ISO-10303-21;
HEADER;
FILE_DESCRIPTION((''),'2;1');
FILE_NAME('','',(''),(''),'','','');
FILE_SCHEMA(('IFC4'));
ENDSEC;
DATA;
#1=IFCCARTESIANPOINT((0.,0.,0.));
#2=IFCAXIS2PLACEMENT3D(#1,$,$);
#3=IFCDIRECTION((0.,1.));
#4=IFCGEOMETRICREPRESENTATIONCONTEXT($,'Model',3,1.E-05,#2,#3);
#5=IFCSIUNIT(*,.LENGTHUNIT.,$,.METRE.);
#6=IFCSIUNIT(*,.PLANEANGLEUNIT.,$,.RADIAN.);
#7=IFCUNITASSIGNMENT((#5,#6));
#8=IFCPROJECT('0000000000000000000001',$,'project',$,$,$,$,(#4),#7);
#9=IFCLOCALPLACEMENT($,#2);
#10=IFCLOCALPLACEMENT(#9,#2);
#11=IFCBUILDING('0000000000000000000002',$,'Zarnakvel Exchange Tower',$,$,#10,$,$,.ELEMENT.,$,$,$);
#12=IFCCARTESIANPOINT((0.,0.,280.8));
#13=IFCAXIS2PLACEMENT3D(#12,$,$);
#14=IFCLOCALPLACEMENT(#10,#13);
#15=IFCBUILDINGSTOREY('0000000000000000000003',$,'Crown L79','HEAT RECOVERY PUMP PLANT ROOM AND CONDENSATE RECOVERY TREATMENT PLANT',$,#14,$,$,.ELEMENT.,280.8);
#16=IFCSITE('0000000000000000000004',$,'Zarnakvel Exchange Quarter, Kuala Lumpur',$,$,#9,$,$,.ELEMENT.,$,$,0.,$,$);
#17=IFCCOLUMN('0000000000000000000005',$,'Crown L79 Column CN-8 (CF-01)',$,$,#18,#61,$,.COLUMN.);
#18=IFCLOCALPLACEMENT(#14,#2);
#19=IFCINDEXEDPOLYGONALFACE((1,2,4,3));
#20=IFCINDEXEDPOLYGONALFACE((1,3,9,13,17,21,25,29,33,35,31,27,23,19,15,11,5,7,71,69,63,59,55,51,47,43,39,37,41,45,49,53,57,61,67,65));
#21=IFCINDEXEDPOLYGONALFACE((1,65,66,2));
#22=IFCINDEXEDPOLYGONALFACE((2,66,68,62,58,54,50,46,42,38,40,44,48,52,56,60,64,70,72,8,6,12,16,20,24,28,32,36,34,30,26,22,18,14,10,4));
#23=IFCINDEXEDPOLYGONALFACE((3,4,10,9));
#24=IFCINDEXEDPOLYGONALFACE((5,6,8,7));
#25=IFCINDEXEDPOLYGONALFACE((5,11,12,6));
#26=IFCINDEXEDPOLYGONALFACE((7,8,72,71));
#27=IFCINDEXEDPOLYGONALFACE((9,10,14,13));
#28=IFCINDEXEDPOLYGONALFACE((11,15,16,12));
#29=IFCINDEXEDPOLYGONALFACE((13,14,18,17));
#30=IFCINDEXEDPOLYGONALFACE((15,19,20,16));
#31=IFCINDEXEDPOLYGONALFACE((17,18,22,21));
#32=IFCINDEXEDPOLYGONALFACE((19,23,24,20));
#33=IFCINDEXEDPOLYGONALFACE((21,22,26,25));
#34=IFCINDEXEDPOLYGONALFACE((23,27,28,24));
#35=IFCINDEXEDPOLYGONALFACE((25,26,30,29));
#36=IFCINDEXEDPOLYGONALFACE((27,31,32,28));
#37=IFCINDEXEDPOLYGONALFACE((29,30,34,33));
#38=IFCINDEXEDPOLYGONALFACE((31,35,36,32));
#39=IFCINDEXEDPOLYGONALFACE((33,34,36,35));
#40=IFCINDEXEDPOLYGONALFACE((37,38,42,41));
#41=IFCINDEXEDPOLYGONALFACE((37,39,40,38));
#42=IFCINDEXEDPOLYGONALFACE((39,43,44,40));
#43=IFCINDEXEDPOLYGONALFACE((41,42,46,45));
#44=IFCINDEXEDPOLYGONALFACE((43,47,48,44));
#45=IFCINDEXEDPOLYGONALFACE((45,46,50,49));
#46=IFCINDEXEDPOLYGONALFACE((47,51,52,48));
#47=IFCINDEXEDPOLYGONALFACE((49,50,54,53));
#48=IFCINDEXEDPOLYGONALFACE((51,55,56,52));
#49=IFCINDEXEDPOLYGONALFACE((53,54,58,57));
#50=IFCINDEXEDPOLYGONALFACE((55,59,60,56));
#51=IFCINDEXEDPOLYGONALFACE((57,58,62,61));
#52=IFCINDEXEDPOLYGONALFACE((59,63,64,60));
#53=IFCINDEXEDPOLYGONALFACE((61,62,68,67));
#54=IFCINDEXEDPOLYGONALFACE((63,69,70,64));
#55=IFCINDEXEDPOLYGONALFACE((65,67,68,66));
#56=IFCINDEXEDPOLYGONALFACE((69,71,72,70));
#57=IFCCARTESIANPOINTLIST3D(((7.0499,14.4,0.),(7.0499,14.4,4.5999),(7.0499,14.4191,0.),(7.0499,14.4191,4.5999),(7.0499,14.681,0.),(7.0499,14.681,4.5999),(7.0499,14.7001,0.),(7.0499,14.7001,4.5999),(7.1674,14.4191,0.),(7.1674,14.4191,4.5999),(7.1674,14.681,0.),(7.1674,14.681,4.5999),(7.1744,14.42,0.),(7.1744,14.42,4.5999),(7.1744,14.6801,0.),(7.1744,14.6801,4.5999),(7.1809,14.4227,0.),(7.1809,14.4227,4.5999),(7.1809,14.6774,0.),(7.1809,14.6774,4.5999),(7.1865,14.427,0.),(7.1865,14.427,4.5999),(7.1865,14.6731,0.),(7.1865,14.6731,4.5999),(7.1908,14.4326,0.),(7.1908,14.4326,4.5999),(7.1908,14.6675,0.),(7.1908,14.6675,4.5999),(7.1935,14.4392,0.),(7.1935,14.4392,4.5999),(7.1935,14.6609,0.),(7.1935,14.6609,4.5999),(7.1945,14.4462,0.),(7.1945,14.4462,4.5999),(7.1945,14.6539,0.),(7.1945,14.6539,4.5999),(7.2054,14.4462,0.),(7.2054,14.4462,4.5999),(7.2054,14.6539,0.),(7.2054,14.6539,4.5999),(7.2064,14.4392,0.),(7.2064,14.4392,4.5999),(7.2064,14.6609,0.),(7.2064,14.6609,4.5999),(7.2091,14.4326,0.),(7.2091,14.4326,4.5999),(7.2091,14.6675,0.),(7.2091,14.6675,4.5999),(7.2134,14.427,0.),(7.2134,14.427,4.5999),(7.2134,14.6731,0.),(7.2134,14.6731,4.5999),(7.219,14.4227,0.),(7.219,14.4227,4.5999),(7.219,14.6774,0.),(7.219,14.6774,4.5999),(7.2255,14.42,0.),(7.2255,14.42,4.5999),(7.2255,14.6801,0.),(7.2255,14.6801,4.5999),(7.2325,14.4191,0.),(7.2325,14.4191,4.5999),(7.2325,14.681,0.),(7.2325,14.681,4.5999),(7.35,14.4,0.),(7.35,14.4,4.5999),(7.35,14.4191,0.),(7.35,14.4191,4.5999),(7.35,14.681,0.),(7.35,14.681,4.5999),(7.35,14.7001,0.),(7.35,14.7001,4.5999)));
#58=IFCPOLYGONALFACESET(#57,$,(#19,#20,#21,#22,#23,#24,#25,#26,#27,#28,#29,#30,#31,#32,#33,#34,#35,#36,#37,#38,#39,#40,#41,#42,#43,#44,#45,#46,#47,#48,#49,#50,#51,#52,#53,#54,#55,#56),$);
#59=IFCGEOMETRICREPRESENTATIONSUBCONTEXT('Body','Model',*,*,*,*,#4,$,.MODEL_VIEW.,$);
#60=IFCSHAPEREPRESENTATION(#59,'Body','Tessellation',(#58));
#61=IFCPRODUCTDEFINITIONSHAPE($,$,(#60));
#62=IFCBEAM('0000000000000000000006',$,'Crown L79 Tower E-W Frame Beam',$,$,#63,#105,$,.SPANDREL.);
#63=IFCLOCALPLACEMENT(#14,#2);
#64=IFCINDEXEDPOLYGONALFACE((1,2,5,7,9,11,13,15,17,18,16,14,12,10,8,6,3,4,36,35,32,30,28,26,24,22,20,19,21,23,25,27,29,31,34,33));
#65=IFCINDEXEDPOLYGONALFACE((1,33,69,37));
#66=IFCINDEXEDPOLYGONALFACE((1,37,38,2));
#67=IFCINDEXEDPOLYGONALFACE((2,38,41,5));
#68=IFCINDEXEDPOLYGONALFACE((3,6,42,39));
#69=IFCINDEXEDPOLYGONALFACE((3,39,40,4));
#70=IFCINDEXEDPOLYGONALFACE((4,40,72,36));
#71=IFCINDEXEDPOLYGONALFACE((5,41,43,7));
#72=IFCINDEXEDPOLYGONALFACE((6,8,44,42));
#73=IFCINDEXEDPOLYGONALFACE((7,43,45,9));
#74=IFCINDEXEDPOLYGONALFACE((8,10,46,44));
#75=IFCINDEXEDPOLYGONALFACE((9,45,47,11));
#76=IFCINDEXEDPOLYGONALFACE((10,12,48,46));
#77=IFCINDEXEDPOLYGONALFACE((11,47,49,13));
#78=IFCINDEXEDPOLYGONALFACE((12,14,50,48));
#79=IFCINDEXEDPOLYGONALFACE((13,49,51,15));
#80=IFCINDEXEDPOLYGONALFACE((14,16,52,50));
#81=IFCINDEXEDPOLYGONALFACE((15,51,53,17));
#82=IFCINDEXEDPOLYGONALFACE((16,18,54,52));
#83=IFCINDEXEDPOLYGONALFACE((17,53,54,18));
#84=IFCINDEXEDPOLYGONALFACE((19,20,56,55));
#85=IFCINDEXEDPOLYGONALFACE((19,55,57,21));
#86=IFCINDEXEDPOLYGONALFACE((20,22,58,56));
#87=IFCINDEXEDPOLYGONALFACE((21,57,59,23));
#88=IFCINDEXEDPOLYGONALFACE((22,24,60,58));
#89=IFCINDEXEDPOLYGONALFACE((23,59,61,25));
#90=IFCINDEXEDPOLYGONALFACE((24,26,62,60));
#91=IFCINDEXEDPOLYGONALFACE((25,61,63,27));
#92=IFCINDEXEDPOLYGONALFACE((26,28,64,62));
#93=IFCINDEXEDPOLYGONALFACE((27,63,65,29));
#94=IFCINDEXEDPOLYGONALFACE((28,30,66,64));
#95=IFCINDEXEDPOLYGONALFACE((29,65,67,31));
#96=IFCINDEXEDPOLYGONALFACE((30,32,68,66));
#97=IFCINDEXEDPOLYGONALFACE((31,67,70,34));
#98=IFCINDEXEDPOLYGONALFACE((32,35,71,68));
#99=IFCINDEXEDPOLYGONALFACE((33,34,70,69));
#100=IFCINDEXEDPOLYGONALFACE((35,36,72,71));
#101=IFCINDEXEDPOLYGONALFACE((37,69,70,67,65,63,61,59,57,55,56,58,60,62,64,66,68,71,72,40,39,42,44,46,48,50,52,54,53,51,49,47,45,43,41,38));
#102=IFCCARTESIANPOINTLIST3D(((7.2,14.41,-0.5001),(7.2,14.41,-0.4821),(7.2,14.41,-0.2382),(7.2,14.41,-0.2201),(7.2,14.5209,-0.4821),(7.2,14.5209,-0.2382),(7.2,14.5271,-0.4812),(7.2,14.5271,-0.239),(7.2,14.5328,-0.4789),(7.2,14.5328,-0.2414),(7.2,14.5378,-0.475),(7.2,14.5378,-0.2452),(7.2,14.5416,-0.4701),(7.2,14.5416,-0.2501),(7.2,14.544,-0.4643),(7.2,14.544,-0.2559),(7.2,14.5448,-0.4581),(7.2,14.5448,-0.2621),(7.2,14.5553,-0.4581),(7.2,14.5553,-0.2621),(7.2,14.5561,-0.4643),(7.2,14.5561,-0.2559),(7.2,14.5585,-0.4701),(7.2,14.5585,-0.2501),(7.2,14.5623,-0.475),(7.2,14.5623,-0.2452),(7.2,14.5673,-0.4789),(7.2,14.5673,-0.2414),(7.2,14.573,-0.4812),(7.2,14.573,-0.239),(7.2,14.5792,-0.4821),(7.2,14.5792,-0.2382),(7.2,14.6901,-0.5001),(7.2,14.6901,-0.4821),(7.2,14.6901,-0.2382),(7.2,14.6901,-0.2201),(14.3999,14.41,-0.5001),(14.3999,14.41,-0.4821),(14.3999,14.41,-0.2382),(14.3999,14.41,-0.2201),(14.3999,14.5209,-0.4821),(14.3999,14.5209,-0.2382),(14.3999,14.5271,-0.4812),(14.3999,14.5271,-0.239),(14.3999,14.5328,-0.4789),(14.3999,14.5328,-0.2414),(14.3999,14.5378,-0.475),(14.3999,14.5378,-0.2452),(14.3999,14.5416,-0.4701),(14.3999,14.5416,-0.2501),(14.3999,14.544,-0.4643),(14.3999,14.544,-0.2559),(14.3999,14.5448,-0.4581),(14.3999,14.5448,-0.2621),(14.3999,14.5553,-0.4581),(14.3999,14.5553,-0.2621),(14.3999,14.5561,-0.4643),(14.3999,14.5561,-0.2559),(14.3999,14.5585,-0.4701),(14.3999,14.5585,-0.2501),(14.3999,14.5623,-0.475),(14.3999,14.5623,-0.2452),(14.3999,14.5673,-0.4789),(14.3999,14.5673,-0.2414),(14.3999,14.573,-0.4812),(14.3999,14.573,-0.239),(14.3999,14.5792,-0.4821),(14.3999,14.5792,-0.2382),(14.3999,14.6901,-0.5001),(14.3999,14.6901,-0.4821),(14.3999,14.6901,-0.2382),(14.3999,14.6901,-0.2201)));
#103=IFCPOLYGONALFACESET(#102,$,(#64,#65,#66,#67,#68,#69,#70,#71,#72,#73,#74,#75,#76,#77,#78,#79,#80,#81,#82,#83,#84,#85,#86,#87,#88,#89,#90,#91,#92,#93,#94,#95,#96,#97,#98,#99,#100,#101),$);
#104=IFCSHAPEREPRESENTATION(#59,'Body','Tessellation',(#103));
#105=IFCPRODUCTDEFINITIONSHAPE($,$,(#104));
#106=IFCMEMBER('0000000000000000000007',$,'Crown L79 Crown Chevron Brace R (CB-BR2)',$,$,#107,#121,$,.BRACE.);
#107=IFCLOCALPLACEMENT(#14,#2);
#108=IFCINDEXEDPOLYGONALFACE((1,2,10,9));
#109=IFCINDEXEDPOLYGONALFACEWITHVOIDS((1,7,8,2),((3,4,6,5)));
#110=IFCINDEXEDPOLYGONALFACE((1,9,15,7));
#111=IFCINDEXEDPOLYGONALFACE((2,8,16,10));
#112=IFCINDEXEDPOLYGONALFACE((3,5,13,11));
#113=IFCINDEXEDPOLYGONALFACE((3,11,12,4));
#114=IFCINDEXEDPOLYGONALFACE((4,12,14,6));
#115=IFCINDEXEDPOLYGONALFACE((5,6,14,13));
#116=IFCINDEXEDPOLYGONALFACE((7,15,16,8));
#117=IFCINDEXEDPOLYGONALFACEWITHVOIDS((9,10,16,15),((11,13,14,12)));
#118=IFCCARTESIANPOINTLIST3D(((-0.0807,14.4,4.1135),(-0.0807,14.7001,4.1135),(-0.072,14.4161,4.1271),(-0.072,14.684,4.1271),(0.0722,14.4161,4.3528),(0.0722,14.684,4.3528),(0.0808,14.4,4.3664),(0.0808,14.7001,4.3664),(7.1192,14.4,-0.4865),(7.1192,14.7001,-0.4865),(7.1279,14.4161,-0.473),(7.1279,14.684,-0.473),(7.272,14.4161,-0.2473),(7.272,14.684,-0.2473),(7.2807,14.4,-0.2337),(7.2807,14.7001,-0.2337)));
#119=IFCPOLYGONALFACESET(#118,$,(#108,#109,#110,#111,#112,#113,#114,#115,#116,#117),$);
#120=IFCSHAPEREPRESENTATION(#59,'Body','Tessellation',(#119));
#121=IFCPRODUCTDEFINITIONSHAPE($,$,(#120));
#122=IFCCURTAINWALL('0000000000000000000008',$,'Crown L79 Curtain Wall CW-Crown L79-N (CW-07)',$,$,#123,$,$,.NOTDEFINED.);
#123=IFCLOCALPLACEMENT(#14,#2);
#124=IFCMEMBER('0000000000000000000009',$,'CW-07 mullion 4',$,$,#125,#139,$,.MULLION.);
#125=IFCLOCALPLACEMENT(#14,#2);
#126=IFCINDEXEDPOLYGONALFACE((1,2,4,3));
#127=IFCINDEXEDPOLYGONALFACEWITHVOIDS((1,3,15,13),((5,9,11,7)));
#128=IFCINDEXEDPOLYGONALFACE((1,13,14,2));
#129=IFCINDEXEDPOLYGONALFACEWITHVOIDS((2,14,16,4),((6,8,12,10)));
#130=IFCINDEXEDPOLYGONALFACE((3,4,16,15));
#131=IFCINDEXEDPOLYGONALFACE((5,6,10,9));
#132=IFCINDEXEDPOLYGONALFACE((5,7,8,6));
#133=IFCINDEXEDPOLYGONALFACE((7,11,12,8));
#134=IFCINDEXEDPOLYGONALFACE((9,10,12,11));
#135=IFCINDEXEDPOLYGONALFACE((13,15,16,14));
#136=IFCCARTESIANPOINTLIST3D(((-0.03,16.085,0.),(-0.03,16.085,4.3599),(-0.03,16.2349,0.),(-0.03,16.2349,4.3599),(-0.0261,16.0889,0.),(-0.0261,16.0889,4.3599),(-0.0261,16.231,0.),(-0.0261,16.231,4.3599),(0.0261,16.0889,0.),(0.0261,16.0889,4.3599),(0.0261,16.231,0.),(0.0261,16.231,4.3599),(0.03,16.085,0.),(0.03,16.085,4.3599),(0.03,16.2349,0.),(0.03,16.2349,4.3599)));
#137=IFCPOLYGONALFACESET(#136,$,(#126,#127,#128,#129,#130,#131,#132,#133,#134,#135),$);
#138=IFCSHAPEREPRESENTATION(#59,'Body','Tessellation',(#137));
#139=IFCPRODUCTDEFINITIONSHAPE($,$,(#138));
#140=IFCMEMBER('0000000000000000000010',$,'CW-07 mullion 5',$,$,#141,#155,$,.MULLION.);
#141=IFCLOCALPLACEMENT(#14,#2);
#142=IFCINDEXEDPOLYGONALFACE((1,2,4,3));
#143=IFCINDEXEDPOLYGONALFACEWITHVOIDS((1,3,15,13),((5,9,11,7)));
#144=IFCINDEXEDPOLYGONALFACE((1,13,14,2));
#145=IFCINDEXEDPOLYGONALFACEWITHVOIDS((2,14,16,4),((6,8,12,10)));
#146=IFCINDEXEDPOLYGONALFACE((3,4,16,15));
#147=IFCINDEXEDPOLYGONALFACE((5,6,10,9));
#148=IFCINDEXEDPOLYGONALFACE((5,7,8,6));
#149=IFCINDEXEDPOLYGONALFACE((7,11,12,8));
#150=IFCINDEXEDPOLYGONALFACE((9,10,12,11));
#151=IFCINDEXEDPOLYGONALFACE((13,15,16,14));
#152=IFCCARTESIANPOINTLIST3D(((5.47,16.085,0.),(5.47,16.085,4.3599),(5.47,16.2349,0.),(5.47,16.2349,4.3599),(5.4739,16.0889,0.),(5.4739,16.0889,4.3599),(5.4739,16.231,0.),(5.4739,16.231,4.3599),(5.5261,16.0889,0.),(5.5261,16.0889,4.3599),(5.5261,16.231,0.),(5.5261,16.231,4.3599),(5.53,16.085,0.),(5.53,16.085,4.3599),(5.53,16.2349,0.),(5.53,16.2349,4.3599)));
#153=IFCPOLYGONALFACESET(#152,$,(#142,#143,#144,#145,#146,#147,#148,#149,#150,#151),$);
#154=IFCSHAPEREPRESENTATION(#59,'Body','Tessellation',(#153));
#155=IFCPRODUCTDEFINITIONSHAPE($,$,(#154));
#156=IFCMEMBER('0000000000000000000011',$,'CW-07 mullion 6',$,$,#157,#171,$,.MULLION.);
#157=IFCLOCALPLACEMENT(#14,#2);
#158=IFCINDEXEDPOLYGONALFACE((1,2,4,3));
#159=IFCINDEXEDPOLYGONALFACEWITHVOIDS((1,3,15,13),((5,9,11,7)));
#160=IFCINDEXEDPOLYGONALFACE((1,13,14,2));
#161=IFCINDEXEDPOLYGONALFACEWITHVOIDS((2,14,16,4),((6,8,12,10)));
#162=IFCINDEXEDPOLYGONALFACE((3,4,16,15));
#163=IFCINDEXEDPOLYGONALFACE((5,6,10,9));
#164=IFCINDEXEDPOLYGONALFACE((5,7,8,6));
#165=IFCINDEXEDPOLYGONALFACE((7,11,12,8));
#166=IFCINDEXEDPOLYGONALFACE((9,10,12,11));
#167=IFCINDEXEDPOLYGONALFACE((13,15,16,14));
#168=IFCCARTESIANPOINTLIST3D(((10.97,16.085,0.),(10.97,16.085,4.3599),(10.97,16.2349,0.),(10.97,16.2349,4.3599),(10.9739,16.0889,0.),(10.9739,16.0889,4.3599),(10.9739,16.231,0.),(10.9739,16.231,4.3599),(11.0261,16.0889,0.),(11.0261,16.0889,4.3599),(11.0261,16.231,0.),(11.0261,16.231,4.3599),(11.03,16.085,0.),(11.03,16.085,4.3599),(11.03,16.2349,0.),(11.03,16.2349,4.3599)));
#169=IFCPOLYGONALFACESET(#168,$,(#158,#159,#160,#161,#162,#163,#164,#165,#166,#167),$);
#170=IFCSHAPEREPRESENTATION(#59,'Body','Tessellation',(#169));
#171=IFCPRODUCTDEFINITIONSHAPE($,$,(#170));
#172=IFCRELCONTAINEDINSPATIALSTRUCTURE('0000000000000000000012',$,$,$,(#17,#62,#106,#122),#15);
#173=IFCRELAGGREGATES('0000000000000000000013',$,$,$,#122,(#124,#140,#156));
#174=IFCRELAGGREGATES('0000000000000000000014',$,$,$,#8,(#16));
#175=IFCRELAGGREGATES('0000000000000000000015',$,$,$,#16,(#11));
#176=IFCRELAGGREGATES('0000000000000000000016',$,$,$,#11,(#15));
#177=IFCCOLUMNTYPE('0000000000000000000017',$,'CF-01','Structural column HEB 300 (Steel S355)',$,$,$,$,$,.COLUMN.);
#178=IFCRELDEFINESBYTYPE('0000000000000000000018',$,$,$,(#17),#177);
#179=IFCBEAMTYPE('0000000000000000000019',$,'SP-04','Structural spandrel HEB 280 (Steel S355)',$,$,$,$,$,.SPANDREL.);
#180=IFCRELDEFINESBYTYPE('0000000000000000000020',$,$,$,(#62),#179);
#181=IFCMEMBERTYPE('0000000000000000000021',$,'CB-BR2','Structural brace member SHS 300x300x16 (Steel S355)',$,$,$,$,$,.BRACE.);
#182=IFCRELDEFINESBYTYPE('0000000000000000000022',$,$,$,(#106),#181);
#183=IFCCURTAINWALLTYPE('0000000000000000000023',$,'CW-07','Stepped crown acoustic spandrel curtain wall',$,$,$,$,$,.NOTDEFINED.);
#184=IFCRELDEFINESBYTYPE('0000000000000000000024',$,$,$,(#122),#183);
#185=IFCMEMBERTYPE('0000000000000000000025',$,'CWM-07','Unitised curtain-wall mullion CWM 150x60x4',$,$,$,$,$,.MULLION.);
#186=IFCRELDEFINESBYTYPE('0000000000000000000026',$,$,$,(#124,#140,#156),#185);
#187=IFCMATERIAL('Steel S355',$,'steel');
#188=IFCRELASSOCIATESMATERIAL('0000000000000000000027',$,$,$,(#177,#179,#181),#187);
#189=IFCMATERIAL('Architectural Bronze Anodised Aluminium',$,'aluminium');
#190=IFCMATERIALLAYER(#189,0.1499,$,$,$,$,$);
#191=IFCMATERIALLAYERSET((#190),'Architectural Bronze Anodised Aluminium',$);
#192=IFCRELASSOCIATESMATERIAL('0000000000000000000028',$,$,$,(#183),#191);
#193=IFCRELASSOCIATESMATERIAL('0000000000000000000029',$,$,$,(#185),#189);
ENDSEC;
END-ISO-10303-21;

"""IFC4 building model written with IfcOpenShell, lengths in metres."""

from ifc_helpers import new_model, si_unit, direction, frame, origin, origin_2d, place, context, subcontext, project, spatial, hollow_rectangle, i_section, extrude, source, transform, mapped, material, layer, layer_set, material_profile, profile_set, type_object, element, aggregate, save


model = new_model("IFC4")

# Units and contexts
model_context = context("Model", 3, precision=1e-05, world=origin(), true_north=direction((0.0, 1.0)))
body_context = subcontext(model_context, "Body", "Model", "MODEL_VIEW")
ifc_project = project(units=[si_unit("LENGTHUNIT", "METRE"), si_unit("PLANEANGLEUNIT", "RADIAN")], contexts=[model_context])

# Site, building, storey
site_placement = place(None, origin())
site = spatial("IfcSite", under=ifc_project, at=site_placement, Name="Zarnakvel Exchange Quarter, Kuala Lumpur", CompositionType="ELEMENT", RefElevation=0.0)
building_placement = place(site_placement, origin())
building = spatial("IfcBuilding", under=site, at=building_placement, Name="Zarnakvel Exchange Tower", CompositionType="ELEMENT")
storey_placement = place(building_placement, frame((0.0, 0.0, 280.8)))
storey = spatial("IfcBuildingStorey", under=building, at=storey_placement, Name="Crown L79", Description="HEAT RECOVERY PUMP PLANT ROOM AND CONDENSATE RECOVERY TREATMENT PLANT", CompositionType="ELEMENT", Elevation=280.8)

# Column
ifc_material_1 = material(Name="Steel S355", Category="steel")
ifc_material_profile_1 = material_profile(ifc_material_1, i_section(OverallWidth=0.3, OverallDepth=0.3, WebThickness=0.011, FlangeThickness=0.019, FilletRadius=0.0271, at=origin_2d()))
ifc_profile_set_1 = profile_set([ifc_material_profile_1], Name="Steel S355")
column_type = type_object("IfcColumnType", Name="CF-01", Description="Structural column HEB 300 (Steel S355)", PredefinedType="COLUMN", material=ifc_profile_set_1)
column_placement = place(storey_placement, frame((7.2, 14.55, 0.0), z_axis=(0.0, 0.0, 1.0), x_axis=(1.0, 0.0, 0.0)))
element("IfcColumn", 1, at=column_placement, inside=storey, type_object=column_type, Name="Crown L79 Column CN-8 (CF-01)", PredefinedType="COLUMN", context=body_context, shape_type="SweptSolid", body=[
    extrude(i_section(OverallWidth=0.3, OverallDepth=0.3, WebThickness=0.011, FlangeThickness=0.019, FilletRadius=0.0271, at=origin_2d()), origin(), (0.0, 0.0, 1.0), 4.5999),
])

# Beam
ifc_material_profile_2 = material_profile(ifc_material_1, i_section(OverallWidth=0.28, OverallDepth=0.28, WebThickness=0.0105, FlangeThickness=0.0181, FilletRadius=0.0239, at=origin_2d()))
ifc_profile_set_2 = profile_set([ifc_material_profile_2], Name="Steel S355")
beam_type = type_object("IfcBeamType", Name="SP-04", Description="Structural spandrel HEB 280 (Steel S355)", PredefinedType="SPANDREL", material=ifc_profile_set_2)
beam_placement = place(storey_placement, frame((7.2, 14.55, -0.3601), z_axis=(1.0, 0.0, 0.0), x_axis=(0.0, 1.0, 0.0)))
element("IfcBeam", 2, at=beam_placement, inside=storey, type_object=beam_type, Name="Crown L79 Tower E-W Frame Beam", PredefinedType="SPANDREL", context=body_context, shape_type="SweptSolid", body=[
    extrude(i_section(OverallWidth=0.28, OverallDepth=0.28, WebThickness=0.0105, FlangeThickness=0.0181, FilletRadius=0.0239, at=origin_2d()), origin(), (0.0, 0.0, 1.0), 7.2),
])

# Member
ifc_material_profile_3 = material_profile(ifc_material_1, hollow_rectangle(XDim=0.3, YDim=0.3, WallThickness=0.0161, at=origin_2d()))
ifc_profile_set_3 = profile_set([ifc_material_profile_3], Name="Steel S355")
member_type_1 = type_object("IfcMemberType", Name="CB-BR2", Description="Structural brace member SHS 300x300x16 (Steel S355)", PredefinedType="BRACE", material=ifc_profile_set_3)
shared_shape_1 = source(origin(), body_context, "Body", "SweptSolid", [
    extrude(hollow_rectangle(XDim=0.3, YDim=0.3, WallThickness=0.0161, at=origin_2d()), origin(), (0.0, 0.0, 1.0), 8.5439),
])
member_1_placement = place(storey_placement, frame((7.2, 14.55, -0.3601), z_axis=(-0.842689, 0.0, 0.5384), x_axis=(0.0, -1.0, 0.0)))
element("IfcMember", 3, at=member_1_placement, inside=storey, type_object=member_type_1, Name="Crown L79 Crown Chevron Brace R (CB-BR2)", PredefinedType="BRACE", context=body_context, shape_type="MappedRepresentation", body=[
    mapped(shared_shape_1, transform((0.0, 0.0, 0.0), x_axis=(1.0, 0.0, 0.0), y_axis=(0.0, 1.0, 0.0), z_axis=(0.0, 0.0, 1.0), scale=1.0)),
])

# Curtain wall, members
ifc_material_2 = material(Name="Architectural Bronze Anodised Aluminium", Category="aluminium")
ifc_layer_1 = layer(ifc_material_2, 0.1499)
ifc_layer_set_1 = layer_set([ifc_layer_1], Name="Architectural Bronze Anodised Aluminium")
curtain_wall_type = type_object("IfcCurtainWallType", Name="CW-07", Description="Stepped crown acoustic spandrel curtain wall", PredefinedType="NOTDEFINED", material=ifc_layer_set_1)
curtain_wall_placement = place(storey_placement, origin())
curtain_wall = element("IfcCurtainWall", 4, at=curtain_wall_placement, inside=storey, type_object=curtain_wall_type, Name="Crown L79 Curtain Wall CW-Crown L79-N (CW-07)", PredefinedType="NOTDEFINED")
ifc_material_profile_4 = material_profile(ifc_material_2, hollow_rectangle(XDim=0.1499, YDim=0.0601, WallThickness=0.0039, at=origin_2d()))
ifc_profile_set_4 = profile_set([ifc_material_profile_4], Name="Architectural Bronze Anodised Aluminium")
member_type_2 = type_object("IfcMemberType", Name="CWM-07", Description="Unitised curtain-wall mullion CWM 150x60x4", PredefinedType="MULLION", material=ifc_profile_set_4)
shared_shape_2 = source(origin(), body_context, "Body", "SweptSolid", [
    extrude(hollow_rectangle(XDim=0.1499, YDim=0.0601, WallThickness=0.0039, at=origin_2d()), origin(), (0.0, 0.0, 1.0), 4.3599),
])
member_2_placement = place(storey_placement, frame((0.0, 16.1599, 0.0), z_axis=(0.0, 0.0, 1.0), x_axis=(0.0, 1.0, 0.0)))
member_2 = element("IfcMember", 5, at=member_2_placement, type_object=member_type_2, Name="CW-07 mullion 4", PredefinedType="MULLION", context=body_context, shape_type="MappedRepresentation", body=[
    mapped(shared_shape_2, transform((0.0, 0.0, 0.0), x_axis=(1.0, 0.0, 0.0), y_axis=(0.0, 1.0, 0.0), z_axis=(0.0, 0.0, 1.0), scale=1.0)),
])
member_3_placement = place(storey_placement, frame((5.5, 16.1599, 0.0), z_axis=(0.0, 0.0, 1.0), x_axis=(0.0, 1.0, 0.0)))
member_3 = element("IfcMember", 6, at=member_3_placement, type_object=member_type_2, Name="CW-07 mullion 5", PredefinedType="MULLION", context=body_context, shape_type="MappedRepresentation", body=[
    mapped(shared_shape_2, transform((0.0, 0.0, 0.0), x_axis=(1.0, 0.0, 0.0), y_axis=(0.0, 1.0, 0.0), z_axis=(0.0, 0.0, 1.0), scale=1.0)),
])
member_4_placement = place(storey_placement, frame((11.0, 16.1599, 0.0), z_axis=(0.0, 0.0, 1.0), x_axis=(0.0, 1.0, 0.0)))
member_4 = element("IfcMember", 7, at=member_4_placement, type_object=member_type_2, Name="CW-07 mullion 6", PredefinedType="MULLION", context=body_context, shape_type="MappedRepresentation", body=[
    mapped(shared_shape_2, transform((0.0, 0.0, 0.0), x_axis=(1.0, 0.0, 0.0), y_axis=(0.0, 1.0, 0.0), z_axis=(0.0, 0.0, 1.0), scale=1.0)),
])

aggregate(curtain_wall, [member_2, member_3, member_4])

save(model, "model.ifc")
